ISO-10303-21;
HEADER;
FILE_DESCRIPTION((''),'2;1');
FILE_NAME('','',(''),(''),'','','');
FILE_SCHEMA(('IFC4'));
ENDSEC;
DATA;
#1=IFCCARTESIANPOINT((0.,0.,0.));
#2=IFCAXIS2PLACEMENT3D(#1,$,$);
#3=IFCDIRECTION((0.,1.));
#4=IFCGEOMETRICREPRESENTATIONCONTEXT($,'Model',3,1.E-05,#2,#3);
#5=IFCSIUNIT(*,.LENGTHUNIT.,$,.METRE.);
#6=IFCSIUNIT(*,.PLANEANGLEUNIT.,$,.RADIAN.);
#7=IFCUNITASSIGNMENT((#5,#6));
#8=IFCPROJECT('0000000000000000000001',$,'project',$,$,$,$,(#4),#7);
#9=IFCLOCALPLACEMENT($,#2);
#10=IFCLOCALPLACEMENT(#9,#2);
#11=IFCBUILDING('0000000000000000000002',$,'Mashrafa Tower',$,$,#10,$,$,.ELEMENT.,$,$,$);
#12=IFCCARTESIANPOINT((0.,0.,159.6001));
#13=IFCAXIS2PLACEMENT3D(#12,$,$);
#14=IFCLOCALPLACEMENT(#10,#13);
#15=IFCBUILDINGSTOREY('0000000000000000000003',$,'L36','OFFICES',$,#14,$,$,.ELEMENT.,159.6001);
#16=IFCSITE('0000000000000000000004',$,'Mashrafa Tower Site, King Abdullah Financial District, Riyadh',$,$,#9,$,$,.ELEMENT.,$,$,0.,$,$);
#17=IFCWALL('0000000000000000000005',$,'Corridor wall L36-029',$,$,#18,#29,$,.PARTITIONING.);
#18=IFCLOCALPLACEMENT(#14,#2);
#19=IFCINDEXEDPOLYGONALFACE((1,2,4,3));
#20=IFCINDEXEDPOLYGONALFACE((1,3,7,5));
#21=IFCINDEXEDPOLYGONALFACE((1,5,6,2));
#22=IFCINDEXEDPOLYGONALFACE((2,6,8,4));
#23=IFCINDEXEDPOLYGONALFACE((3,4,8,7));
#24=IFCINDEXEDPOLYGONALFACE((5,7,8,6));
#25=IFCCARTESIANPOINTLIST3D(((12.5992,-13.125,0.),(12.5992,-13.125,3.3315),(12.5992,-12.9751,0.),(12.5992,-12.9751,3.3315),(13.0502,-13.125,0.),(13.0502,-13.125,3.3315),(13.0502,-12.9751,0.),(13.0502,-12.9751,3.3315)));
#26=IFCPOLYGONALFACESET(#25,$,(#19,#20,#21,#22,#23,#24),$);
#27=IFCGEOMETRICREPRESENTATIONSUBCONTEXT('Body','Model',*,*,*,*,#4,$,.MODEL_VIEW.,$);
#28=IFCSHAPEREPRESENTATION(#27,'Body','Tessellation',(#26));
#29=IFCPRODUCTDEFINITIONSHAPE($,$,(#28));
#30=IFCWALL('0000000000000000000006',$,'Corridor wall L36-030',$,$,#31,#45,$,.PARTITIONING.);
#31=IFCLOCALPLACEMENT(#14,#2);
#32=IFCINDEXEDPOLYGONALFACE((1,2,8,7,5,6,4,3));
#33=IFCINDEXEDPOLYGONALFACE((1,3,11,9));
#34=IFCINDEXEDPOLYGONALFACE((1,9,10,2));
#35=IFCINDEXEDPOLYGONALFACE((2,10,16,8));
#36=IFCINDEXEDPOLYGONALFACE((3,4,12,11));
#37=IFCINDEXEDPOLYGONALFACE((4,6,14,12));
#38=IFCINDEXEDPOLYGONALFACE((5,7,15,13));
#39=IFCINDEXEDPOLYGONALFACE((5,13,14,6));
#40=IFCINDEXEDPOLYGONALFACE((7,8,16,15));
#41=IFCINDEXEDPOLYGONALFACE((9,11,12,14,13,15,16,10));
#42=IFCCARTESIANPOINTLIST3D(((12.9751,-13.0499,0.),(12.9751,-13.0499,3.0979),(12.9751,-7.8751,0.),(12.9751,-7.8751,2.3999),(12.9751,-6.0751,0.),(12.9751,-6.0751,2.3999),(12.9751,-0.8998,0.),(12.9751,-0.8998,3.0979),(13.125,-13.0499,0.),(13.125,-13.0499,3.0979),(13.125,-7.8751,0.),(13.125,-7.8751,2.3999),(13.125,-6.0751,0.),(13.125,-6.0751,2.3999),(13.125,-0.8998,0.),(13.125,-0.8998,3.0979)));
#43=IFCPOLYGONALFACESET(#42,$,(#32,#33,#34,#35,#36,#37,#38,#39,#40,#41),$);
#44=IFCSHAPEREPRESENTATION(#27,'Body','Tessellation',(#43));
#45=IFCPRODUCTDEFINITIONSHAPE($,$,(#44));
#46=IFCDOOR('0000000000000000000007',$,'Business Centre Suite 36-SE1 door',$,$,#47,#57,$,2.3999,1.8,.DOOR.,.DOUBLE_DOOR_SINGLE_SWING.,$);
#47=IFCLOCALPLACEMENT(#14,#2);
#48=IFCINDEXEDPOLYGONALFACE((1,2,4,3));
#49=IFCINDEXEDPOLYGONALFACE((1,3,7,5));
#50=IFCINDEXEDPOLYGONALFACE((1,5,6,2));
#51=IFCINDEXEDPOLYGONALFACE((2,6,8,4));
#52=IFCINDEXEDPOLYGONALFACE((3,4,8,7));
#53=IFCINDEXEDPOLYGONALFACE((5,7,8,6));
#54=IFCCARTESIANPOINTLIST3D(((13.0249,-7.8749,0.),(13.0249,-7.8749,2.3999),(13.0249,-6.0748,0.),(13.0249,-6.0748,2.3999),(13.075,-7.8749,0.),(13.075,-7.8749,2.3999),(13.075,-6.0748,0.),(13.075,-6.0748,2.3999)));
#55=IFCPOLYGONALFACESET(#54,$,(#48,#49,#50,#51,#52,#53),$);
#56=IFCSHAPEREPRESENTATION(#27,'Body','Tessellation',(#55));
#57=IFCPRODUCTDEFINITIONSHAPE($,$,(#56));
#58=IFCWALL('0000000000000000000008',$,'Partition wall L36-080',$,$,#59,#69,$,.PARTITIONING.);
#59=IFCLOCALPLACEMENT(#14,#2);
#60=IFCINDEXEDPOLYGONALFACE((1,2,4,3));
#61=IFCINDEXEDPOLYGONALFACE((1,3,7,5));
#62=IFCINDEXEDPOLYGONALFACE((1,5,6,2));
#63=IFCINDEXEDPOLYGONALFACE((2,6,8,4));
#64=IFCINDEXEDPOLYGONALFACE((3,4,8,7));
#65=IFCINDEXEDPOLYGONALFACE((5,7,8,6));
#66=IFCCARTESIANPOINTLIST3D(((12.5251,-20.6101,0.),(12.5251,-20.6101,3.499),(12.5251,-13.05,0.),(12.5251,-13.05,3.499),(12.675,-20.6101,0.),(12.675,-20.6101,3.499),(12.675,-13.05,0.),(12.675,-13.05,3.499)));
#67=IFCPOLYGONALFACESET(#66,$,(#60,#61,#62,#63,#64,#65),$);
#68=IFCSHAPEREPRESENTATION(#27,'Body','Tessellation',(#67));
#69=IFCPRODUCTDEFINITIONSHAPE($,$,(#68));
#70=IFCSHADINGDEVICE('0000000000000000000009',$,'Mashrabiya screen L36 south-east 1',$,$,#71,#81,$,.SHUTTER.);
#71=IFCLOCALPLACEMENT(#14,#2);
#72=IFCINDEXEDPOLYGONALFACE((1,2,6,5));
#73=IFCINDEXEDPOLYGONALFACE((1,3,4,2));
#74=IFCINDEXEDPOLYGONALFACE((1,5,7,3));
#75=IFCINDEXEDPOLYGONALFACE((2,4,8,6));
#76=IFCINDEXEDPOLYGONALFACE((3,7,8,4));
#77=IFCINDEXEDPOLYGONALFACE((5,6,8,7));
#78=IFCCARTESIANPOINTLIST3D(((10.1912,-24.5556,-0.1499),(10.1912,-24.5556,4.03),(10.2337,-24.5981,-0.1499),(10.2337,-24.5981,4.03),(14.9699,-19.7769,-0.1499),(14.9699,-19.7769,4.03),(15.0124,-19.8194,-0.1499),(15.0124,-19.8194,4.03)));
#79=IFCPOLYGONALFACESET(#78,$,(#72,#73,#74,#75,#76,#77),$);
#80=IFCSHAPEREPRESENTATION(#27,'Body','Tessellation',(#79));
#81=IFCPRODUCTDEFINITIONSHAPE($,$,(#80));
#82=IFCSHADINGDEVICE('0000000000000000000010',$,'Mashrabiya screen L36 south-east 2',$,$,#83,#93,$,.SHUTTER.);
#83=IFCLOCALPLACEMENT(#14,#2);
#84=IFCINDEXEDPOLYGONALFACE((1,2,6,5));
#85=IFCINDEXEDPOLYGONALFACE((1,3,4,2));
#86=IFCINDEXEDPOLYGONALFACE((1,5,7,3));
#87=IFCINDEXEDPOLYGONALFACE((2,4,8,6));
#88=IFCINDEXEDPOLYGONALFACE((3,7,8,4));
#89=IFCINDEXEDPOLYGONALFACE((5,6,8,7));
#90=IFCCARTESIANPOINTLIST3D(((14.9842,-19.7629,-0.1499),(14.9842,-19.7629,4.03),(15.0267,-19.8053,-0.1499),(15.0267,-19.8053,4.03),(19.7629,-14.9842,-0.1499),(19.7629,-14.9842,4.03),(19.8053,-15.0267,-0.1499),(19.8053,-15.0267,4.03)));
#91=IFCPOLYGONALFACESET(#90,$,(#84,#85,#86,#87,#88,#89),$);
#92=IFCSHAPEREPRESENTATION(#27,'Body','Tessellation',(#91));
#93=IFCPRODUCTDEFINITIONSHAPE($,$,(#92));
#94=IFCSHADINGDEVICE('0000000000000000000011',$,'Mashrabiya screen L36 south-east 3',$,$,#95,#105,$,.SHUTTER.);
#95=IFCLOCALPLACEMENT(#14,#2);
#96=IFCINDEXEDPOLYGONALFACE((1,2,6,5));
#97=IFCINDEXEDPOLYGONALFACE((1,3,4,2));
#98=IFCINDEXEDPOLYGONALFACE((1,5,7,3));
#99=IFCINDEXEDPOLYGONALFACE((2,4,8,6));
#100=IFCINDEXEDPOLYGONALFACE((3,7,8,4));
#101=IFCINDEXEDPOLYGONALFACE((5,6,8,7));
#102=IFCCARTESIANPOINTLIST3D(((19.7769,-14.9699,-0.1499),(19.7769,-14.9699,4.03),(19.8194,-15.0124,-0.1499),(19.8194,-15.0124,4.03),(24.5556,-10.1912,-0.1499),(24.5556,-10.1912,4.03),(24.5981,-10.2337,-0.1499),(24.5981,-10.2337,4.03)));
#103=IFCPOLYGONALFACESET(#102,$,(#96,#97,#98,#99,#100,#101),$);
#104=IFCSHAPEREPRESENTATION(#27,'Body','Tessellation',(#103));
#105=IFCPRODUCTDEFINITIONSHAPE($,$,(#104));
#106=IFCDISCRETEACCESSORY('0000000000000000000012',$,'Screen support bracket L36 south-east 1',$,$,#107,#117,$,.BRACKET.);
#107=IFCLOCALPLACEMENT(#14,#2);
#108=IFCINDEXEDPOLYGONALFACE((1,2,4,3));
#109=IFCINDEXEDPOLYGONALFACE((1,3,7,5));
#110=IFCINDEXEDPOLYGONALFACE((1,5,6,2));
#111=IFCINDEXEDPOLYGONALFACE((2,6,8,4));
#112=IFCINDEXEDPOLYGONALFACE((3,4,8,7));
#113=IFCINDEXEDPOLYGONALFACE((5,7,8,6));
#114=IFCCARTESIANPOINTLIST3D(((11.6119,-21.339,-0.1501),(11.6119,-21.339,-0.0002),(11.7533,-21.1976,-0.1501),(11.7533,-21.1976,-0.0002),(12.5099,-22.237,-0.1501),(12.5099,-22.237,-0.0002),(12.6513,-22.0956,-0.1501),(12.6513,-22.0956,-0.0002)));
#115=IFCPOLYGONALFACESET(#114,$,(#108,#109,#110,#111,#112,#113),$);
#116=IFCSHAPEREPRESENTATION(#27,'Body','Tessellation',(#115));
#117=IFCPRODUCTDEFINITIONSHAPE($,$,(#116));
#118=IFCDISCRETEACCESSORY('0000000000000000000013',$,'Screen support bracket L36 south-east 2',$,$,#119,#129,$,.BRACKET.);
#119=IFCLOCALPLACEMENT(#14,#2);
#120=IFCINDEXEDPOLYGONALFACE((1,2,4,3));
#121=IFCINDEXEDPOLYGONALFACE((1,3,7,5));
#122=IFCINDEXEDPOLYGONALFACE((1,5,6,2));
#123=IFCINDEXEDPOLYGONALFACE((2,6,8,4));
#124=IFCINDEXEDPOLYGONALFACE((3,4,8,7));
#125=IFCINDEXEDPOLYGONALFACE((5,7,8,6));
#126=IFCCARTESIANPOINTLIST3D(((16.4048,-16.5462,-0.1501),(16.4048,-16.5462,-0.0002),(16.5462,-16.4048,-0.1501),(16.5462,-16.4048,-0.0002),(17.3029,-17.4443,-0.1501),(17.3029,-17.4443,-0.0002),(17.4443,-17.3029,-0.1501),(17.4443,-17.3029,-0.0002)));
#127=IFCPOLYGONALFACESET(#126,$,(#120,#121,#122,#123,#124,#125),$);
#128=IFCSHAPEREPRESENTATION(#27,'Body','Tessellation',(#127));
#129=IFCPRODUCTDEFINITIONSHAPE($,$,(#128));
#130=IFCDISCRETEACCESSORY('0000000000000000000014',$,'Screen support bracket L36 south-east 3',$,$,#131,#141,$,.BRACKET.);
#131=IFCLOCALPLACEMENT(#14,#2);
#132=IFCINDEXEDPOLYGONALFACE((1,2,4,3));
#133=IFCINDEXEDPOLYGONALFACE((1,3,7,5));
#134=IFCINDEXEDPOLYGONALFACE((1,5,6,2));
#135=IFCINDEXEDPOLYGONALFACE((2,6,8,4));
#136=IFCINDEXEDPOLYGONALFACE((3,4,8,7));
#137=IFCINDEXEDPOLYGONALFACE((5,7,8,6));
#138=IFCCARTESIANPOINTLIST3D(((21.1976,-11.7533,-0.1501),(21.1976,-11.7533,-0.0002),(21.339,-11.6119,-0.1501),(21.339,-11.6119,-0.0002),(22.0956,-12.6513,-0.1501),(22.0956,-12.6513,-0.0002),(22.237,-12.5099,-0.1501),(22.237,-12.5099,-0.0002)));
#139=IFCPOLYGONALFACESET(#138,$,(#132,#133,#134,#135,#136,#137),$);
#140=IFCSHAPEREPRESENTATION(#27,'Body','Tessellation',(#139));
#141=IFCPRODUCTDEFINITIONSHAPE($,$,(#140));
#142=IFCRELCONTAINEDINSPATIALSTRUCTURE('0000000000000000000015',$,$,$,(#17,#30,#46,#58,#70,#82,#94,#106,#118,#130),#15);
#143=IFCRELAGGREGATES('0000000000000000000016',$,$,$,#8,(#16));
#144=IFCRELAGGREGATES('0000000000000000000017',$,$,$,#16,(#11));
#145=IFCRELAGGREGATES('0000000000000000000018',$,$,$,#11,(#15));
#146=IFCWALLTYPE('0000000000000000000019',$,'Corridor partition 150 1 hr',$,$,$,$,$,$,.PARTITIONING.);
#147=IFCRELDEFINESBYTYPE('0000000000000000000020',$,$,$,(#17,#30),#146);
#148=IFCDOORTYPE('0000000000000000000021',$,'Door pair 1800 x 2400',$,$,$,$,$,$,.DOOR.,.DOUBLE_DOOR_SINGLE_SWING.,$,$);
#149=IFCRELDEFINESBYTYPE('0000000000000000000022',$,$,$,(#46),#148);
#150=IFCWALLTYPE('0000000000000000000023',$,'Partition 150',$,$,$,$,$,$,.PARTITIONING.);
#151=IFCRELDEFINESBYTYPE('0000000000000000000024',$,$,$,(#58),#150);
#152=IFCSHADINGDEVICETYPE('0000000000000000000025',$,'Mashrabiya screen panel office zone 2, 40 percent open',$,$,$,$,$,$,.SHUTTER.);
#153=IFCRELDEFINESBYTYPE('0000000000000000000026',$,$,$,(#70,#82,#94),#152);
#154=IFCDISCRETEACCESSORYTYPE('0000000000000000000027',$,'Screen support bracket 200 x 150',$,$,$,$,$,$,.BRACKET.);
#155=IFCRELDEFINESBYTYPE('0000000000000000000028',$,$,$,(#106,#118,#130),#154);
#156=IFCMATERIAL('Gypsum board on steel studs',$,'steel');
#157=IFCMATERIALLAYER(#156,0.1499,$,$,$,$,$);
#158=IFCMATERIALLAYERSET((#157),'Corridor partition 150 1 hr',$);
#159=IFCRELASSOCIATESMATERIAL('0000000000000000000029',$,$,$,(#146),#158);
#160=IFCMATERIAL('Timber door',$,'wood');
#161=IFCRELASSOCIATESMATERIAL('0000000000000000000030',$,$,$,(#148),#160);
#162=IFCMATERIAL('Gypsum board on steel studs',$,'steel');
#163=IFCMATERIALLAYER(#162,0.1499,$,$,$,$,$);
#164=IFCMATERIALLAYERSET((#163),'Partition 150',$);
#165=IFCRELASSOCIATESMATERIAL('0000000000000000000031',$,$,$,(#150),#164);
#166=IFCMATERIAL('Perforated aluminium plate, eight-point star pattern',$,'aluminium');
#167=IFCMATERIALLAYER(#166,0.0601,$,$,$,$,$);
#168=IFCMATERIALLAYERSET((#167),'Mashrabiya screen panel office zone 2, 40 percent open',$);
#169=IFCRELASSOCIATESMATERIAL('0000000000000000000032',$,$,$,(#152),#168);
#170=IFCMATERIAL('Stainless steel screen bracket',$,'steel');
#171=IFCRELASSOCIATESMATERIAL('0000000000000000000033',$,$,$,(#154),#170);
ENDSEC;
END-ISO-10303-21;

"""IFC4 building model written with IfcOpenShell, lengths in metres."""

from ifc_helpers import new_model, si_unit, direction, frame, frame_2d, origin, origin_2d, place, context, subcontext, project, spatial, rectangle, extrude, source, transform, mapped, material, layer, layer_set, type_object, type_shapes, element, fill, save


model = new_model("IFC4")

# Units and contexts
model_context = context("Model", 3, precision=1e-05, world=origin(), true_north=direction((0.0, 1.0)))
body_context = subcontext(model_context, "Body", "Model", "MODEL_VIEW")
ifc_project = project(units=[si_unit("LENGTHUNIT", "METRE"), si_unit("PLANEANGLEUNIT", "RADIAN")], contexts=[model_context])

# Site, building, storey
site_placement = place(None, origin())
site = spatial("IfcSite", under=ifc_project, at=site_placement, Name="Mashrafa Tower Site, King Abdullah Financial District, Riyadh", CompositionType="ELEMENT", RefElevation=0.0)
building_placement = place(site_placement, origin())
building = spatial("IfcBuilding", under=site, at=building_placement, Name="Mashrafa Tower", CompositionType="ELEMENT")
storey_placement = place(building_placement, frame((0.0, 0.0, 159.6001)))
storey = spatial("IfcBuildingStorey", under=building, at=storey_placement, Name="L36", Description="OFFICES", CompositionType="ELEMENT", Elevation=159.6001)

# Wall
ifc_material_1 = material(Name="Gypsum board on steel studs", Category="steel")
ifc_layer_1 = layer(ifc_material_1, 0.1499)
ifc_layer_set_1 = layer_set([ifc_layer_1], Name="Corridor partition 150 1 hr")
wall_type_1 = type_object("IfcWallType", Name="Corridor partition 150 1 hr", PredefinedType="PARTITIONING", material=ifc_layer_set_1)
wall_1_placement = place(storey_placement, frame((12.5991, -13.05, 0.0), z_axis=(0.0, 0.0, 1.0), x_axis=(1.0, 0.0, 0.0)))
element("IfcWall", 1, at=wall_1_placement, inside=storey, type_object=wall_type_1, Name="Corridor wall L36-029", PredefinedType="PARTITIONING", context=body_context, shape_type="SweptSolid", body=[
    extrude(rectangle(XDim=0.4509, YDim=0.1499, at=frame_2d((0.2256, 0.0))), origin(), (0.0, 0.0, 1.0), 3.3315),
])

# Wall, opening, door
wall_2_placement = place(storey_placement, frame((13.05, -13.05, 0.0), z_axis=(0.0, 0.0, 1.0), x_axis=(0.0, 1.0, 0.0)))
wall_2 = element("IfcWall", 2, at=wall_2_placement, inside=storey, type_object=wall_type_1, Name="Corridor wall L36-030", PredefinedType="PARTITIONING", context=body_context, shape_type="SweptSolid", body=[
    extrude(rectangle(XDim=12.1501, YDim=0.1499, at=frame_2d((6.0752, 0.0))), origin(), (0.0, 0.0, 1.0), 3.0979),
])
opening_placement = place(wall_2_placement, frame((5.175, 0.0, 0.0)))
opening = element("IfcOpeningElement", 3, at=opening_placement, cuts=wall_2, PredefinedType="OPENING", context=body_context, shape_type="SweptSolid", body=[
    extrude(rectangle(XDim=1.8, YDim=2.3999, at=frame_2d((0.8999, 1.2))), frame((0.0, 0.085, 0.0), z_axis=(0.0, -1.0, 0.0), x_axis=(1.0, 0.0, 0.0)), (0.0, 0.0, 1.0), 0.1699),
])
ifc_material_2 = material(Name="Timber door", Category="wood")
door_type = type_object("IfcDoorType", Name="Door pair 1800 x 2400", OperationType="DOUBLE_DOOR_SINGLE_SWING", PredefinedType="DOOR", material=ifc_material_2)
door_placement = place(opening_placement, frame((1.8, 0.0, 0.0), z_axis=(0.0, 0.0, 1.0), x_axis=(-1.0, 0.0, 0.0)))
door = element("IfcDoor", 4, at=door_placement, inside=storey, type_object=door_type, Name="Business Centre Suite 36-SE1 door", OperationType="DOUBLE_DOOR_SINGLE_SWING", OverallHeight=2.3999, OverallWidth=1.8, PredefinedType="DOOR", context=body_context, shape_type="SweptSolid", body=[
    extrude(rectangle(XDim=1.8, YDim=2.3999, at=frame_2d((0.8999, 1.2))), frame((0.0, 0.0249, 0.0), z_axis=(0.0, -1.0, 0.0), x_axis=(1.0, 0.0, 0.0)), (0.0, 0.0, 1.0), 0.05),
])
fill(opening, door)

# Wall
ifc_material_3 = material(Name="Gypsum board on steel studs", Category="steel")
ifc_layer_2 = layer(ifc_material_3, 0.1499)
ifc_layer_set_2 = layer_set([ifc_layer_2], Name="Partition 150")
wall_type_2 = type_object("IfcWallType", Name="Partition 150", PredefinedType="PARTITIONING", material=ifc_layer_set_2)
wall_3_placement = place(storey_placement, frame((12.6001, -13.05, 0.0), z_axis=(0.0, 0.0, 1.0), x_axis=(0.0, -1.0, 0.0)))
element("IfcWall", 5, at=wall_3_placement, inside=storey, type_object=wall_type_2, Name="Partition wall L36-080", PredefinedType="PARTITIONING", context=body_context, shape_type="SweptSolid", body=[
    extrude(rectangle(XDim=7.5601, YDim=0.1499, at=frame_2d((3.78, 0.0))), origin(), (0.0, 0.0, 1.0), 3.499),
])

# Shading devices
ifc_material_4 = material(Name="Perforated aluminium plate, eight-point star pattern", Category="aluminium")
ifc_layer_3 = layer(ifc_material_4, 0.0601)
ifc_layer_set_3 = layer_set([ifc_layer_3], Name="Mashrabiya screen panel office zone 2, 40 percent open")
shading_device_type = type_object("IfcShadingDeviceType", Name="Mashrabiya screen panel office zone 2, 40 percent open", PredefinedType="SHUTTER", material=ifc_layer_set_3)
shared_shape_1 = source(origin(), body_context, "Body", "SweptSolid", [
    extrude(rectangle(XDim=6.7581, YDim=0.0601, at=origin_2d()), origin(), (0.0, 0.0, 1.0), 4.1799),
])
type_shapes(shading_device_type, [shared_shape_1])
for number, where, z_axis, x_axis, name in (
    (6, (12.6018, -22.1875, -0.1499), (0.0, 0.0, 1.0), (0.707107, 0.707107, 0.0), "Mashrabiya screen L36 south-east 1"),
    (7, (17.3948, -17.3948, -0.1499), (0.0, 0.0, 1.0), (0.707107, 0.707107, 0.0), "Mashrabiya screen L36 south-east 2"),
    (8, (22.1875, -12.6018, -0.1499), (0.0, 0.0, 1.0), (0.707107, 0.707107, 0.0), "Mashrabiya screen L36 south-east 3"),
):
    element("IfcShadingDevice", number, at=place(storey_placement, frame(where, z_axis=z_axis, x_axis=x_axis)), inside=storey, type_object=shading_device_type, Name=name, PredefinedType="SHUTTER", context=body_context, shape_type="MappedRepresentation", body=[
        mapped(shared_shape_1, transform((0.0, 0.0, 0.0))),
    ])

# Discrete accessories
ifc_material_5 = material(Name="Stainless steel screen bracket", Category="steel")
discrete_accessory_type = type_object("IfcDiscreteAccessoryType", Name="Screen support bracket 200 x 150", PredefinedType="BRACKET", material=ifc_material_5)
shared_shape_2 = source(origin(), body_context, "Body", "SweptSolid", [
    extrude(rectangle(XDim=0.2, YDim=1.27, at=origin_2d()), origin(), (0.0, 0.0, 1.0), 0.1499),
])
type_shapes(discrete_accessory_type, [shared_shape_2])
for number, where, z_axis, x_axis, name in (
    (9, (12.1316, -21.7173, -0.1501), (0.0, 0.0, 1.0), (0.707107, 0.707107, 0.0), "Screen support bracket L36 south-east 1"),
    (10, (16.9246, -16.9246, -0.1501), (0.0, 0.0, 1.0), (0.707107, 0.707107, 0.0), "Screen support bracket L36 south-east 2"),
    (11, (21.7173, -12.1316, -0.1501), (0.0, 0.0, 1.0), (0.707107, 0.707107, 0.0), "Screen support bracket L36 south-east 3"),
):
    element("IfcDiscreteAccessory", number, at=place(storey_placement, frame(where, z_axis=z_axis, x_axis=x_axis)), inside=storey, type_object=discrete_accessory_type, Name=name, PredefinedType="BRACKET", context=body_context, shape_type="MappedRepresentation", body=[
        mapped(shared_shape_2, transform((0.0, 0.0, 0.0))),
    ])

save(model, "model.ifc")
